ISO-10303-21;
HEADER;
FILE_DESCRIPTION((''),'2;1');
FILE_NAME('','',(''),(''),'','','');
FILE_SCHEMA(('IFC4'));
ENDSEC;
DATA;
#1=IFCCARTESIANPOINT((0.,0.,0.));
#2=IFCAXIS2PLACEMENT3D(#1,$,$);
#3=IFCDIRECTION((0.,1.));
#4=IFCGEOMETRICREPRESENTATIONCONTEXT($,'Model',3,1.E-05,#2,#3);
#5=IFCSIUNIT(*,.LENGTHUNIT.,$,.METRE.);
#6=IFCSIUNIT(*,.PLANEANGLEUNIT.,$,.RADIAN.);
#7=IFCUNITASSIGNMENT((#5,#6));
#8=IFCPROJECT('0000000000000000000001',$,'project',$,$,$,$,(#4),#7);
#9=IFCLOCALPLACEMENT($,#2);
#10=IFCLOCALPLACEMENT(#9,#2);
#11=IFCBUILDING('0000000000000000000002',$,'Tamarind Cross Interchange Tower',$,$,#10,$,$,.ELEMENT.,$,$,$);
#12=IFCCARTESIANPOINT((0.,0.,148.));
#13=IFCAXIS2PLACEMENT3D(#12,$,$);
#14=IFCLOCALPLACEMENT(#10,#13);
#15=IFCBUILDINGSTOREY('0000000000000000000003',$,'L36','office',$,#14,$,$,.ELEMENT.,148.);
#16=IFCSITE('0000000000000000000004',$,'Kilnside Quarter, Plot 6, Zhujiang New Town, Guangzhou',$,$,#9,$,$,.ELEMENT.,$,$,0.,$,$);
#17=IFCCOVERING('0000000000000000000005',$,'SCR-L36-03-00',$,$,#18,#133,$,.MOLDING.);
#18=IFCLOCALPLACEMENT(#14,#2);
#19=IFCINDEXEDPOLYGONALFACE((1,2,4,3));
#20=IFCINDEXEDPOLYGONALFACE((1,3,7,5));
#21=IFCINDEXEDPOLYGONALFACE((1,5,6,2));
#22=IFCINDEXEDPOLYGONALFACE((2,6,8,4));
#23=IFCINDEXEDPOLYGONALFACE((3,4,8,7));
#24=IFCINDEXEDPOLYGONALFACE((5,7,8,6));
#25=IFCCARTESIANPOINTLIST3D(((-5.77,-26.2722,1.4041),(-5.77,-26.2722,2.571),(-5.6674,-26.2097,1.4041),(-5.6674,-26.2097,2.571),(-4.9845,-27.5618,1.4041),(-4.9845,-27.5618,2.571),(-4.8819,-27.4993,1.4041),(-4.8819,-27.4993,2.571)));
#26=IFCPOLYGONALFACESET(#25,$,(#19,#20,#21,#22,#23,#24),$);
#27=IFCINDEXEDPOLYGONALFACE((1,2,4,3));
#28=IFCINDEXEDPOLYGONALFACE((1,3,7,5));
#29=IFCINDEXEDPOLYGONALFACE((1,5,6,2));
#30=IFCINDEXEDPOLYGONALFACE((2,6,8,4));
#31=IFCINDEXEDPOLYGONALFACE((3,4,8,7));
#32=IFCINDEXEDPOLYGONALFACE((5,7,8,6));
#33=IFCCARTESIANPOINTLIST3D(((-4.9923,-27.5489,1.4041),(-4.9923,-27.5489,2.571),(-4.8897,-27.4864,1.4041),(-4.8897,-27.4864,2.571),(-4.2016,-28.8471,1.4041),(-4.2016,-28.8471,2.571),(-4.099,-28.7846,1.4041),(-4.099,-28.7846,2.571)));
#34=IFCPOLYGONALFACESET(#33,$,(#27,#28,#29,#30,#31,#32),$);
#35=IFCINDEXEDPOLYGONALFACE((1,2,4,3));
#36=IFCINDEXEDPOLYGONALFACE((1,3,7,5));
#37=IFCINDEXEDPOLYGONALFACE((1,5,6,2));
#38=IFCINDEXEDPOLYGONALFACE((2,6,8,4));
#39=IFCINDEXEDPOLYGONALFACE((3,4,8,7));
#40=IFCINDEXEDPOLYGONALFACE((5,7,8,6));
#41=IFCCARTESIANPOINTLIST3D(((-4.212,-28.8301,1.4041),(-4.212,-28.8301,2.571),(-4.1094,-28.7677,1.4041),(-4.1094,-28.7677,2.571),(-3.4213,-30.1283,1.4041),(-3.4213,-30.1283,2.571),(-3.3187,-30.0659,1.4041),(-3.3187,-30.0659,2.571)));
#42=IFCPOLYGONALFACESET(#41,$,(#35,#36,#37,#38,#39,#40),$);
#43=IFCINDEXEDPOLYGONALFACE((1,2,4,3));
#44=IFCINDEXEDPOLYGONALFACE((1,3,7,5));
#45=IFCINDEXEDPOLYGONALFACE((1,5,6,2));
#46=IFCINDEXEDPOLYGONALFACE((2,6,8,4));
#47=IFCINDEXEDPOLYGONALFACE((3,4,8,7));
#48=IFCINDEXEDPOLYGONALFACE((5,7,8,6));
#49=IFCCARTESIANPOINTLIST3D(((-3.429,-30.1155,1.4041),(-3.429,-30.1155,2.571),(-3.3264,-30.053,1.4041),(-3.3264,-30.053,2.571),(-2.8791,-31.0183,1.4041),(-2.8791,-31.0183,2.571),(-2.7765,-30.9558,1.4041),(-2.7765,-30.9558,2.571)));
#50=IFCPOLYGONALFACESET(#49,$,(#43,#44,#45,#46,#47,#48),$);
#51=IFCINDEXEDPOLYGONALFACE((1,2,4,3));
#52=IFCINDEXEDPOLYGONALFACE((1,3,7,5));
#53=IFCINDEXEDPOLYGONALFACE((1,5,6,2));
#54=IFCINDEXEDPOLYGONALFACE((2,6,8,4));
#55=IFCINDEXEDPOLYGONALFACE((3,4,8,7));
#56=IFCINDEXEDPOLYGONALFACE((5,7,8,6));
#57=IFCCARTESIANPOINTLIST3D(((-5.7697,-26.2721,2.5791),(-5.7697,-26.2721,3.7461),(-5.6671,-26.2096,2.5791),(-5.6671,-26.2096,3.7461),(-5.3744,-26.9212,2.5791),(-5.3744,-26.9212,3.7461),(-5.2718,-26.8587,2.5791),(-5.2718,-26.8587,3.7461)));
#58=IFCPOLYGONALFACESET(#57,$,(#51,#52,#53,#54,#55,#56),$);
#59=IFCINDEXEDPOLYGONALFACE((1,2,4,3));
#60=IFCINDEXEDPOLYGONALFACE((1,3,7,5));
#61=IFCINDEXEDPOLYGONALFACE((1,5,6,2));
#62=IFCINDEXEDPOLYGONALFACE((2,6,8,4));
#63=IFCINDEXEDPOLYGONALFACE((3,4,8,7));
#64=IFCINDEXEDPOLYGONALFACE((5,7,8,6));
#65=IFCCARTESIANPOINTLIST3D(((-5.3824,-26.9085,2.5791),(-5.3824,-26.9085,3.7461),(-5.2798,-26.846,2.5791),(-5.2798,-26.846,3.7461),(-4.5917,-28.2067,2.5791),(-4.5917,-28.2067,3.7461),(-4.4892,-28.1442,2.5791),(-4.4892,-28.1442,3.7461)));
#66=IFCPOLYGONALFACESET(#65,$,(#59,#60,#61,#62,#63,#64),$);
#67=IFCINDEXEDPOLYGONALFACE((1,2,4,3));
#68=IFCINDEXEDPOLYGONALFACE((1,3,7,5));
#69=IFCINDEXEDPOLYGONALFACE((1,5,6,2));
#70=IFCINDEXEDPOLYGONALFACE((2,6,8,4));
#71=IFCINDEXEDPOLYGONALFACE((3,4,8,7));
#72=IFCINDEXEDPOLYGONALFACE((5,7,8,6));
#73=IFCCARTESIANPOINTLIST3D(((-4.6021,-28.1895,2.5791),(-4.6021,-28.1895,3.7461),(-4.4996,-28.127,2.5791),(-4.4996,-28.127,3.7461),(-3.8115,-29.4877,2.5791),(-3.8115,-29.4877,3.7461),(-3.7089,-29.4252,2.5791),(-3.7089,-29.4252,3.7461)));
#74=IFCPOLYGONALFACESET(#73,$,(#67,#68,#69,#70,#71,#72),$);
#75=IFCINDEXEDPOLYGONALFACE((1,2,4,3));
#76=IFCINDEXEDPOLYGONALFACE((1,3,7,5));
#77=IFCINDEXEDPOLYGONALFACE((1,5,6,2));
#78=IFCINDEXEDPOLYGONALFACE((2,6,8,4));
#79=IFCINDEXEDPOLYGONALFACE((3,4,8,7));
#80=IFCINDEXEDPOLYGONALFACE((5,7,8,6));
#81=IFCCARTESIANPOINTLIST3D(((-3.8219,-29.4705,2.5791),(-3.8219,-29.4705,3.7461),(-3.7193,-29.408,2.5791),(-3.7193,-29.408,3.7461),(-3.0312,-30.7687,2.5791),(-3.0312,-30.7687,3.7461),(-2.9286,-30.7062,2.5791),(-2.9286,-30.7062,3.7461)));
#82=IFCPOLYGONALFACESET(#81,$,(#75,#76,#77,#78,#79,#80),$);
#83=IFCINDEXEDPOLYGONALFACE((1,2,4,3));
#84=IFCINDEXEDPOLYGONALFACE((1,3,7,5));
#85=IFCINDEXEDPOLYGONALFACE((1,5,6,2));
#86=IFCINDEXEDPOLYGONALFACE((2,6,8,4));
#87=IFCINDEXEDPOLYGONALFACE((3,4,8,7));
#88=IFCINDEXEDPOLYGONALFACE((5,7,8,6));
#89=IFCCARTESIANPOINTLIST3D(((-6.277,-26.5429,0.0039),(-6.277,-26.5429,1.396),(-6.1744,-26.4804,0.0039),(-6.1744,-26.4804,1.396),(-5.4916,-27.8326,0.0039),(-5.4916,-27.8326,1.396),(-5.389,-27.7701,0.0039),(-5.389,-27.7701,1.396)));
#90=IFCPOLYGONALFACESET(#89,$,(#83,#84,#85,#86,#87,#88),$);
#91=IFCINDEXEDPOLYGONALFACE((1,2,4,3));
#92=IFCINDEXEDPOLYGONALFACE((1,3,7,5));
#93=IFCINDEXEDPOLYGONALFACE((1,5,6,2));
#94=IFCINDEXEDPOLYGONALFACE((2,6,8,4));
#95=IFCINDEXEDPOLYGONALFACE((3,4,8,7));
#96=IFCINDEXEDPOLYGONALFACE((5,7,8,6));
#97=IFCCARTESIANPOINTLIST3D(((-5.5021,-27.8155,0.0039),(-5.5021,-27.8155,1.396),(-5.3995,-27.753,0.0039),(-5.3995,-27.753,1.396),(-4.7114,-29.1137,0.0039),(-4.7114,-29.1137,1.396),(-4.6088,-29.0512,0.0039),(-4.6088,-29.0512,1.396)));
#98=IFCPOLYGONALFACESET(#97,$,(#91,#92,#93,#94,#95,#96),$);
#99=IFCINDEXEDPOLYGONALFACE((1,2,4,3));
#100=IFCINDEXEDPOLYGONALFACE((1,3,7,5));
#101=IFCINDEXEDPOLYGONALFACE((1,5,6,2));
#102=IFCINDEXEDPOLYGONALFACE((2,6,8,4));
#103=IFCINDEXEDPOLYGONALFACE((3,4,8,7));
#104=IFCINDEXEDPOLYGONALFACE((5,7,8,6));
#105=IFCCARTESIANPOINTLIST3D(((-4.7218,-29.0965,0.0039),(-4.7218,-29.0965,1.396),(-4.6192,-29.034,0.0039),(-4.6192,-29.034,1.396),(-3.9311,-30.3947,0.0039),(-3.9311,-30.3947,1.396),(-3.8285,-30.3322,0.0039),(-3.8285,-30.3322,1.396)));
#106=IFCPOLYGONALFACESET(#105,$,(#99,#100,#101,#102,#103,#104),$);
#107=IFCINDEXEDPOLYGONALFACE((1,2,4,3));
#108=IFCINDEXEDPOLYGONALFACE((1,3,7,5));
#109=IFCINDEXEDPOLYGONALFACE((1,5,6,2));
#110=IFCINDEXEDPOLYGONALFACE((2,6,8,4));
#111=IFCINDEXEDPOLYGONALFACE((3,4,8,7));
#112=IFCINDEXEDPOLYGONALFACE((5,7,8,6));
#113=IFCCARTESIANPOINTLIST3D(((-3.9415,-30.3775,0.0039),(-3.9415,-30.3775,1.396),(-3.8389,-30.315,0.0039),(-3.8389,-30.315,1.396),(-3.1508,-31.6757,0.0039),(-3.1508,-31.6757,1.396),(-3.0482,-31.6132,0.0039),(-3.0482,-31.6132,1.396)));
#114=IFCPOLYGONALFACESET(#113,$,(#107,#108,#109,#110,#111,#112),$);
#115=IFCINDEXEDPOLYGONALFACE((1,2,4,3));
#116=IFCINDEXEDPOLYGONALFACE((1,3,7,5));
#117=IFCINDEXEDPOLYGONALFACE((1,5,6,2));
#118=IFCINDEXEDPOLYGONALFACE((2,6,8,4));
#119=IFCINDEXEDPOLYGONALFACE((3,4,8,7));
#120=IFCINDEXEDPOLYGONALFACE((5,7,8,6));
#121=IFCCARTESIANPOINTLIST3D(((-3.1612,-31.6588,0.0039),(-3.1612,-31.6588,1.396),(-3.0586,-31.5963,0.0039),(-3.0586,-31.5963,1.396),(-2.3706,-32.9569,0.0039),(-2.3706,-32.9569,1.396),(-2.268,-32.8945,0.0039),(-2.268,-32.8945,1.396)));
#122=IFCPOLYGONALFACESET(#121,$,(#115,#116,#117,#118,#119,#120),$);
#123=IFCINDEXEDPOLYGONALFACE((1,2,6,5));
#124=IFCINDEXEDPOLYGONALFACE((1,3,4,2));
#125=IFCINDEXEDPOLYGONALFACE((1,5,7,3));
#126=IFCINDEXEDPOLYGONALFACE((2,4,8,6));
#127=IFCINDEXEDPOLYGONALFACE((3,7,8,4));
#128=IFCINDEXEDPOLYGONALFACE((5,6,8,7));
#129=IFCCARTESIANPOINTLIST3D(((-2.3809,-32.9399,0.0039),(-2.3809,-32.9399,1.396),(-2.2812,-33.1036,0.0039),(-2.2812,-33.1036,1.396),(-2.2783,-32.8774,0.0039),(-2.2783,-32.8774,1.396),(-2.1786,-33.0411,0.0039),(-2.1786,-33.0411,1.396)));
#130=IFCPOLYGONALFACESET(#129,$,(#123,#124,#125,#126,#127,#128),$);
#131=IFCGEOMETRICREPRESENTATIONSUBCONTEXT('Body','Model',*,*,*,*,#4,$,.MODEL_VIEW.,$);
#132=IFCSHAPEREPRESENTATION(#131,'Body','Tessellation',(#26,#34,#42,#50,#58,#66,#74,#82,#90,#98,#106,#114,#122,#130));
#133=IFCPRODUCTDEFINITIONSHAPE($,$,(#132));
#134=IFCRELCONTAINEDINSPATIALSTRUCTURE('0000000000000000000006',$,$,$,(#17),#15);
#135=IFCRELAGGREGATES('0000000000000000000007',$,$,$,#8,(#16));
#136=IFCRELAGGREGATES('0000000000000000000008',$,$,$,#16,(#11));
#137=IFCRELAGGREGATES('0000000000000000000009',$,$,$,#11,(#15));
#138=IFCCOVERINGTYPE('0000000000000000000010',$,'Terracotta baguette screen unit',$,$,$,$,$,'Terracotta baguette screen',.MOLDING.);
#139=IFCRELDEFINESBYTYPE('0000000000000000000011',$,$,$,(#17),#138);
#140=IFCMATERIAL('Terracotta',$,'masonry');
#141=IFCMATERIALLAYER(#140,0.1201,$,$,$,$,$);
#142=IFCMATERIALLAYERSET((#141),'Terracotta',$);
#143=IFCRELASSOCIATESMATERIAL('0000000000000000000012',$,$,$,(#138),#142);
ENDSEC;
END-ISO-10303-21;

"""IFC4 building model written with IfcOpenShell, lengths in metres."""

from ifc_helpers import new_model, si_unit, direction, frame, origin, origin_2d, place, context, subcontext, project, spatial, rectangle, extrude, material, layer, layer_set, type_object, element, save


model = new_model("IFC4")

# Units and contexts
model_context = context("Model", 3, precision=1e-05, world=origin(), true_north=direction((0.0, 1.0)))
body_context = subcontext(model_context, "Body", "Model", "MODEL_VIEW")
ifc_project = project(units=[si_unit("LENGTHUNIT", "METRE"), si_unit("PLANEANGLEUNIT", "RADIAN")], contexts=[model_context])

# Site, building, storey
site_placement = place(None, origin())
site = spatial("IfcSite", under=ifc_project, at=site_placement, Name="Kilnside Quarter, Plot 6, Zhujiang New Town, Guangzhou", CompositionType="ELEMENT", RefElevation=0.0)
building_placement = place(site_placement, origin())
building = spatial("IfcBuilding", under=site, at=building_placement, Name="Tamarind Cross Interchange Tower", CompositionType="ELEMENT")
storey_placement = place(building_placement, frame((0.0, 0.0, 148.0)))
storey = spatial("IfcBuildingStorey", under=building, at=storey_placement, Name="L36", Description="office", CompositionType="ELEMENT", Elevation=148.0)

# Covering
ifc_material_1 = material(Name="Terracotta", Category="masonry")
ifc_layer_1 = layer(ifc_material_1, 0.1201)
ifc_layer_set_1 = layer_set([ifc_layer_1], Name="Terracotta")
covering_type = type_object("IfcCoveringType", Name="Terracotta baguette screen unit", ElementType="Terracotta baguette screen", PredefinedType="MOLDING", material=ifc_layer_set_1)
covering_1_placement = place(storey_placement, origin())
element("IfcCovering", 1, at=covering_1_placement, inside=storey, type_object=covering_type, Name="SCR-L36-03-00", PredefinedType="MOLDING", context=body_context, shape_type="SweptSolid", body=[
    extrude(rectangle(XDim=1.51, YDim=0.1201, at=origin_2d()), frame((-5.3259, -26.8857, 1.4041), z_axis=(0.0, 0.0, 1.0), x_axis=(0.520175, -0.85406, 0.0)), (0.0, 0.0, 1.0), 1.167),
    extrude(rectangle(XDim=1.52, YDim=0.1201, at=origin_2d()), frame((-4.5457, -28.1667, 1.4041), z_axis=(0.0, 0.0, 1.0), x_axis=(0.520175, -0.85406, 0.0)), (0.0, 0.0, 1.0), 1.167),
    extrude(rectangle(XDim=1.52, YDim=0.1201, at=origin_2d()), frame((-3.7654, -29.448, 1.4041), z_axis=(0.0, 0.0, 1.0), x_axis=(0.520175, -0.85406, 0.0)), (0.0, 0.0, 1.0), 1.167),
    extrude(rectangle(XDim=1.0571, YDim=0.1201, at=origin_2d()), frame((-3.1028, -30.5356, 1.4041), z_axis=(0.0, 0.0, 1.0), x_axis=(0.520175, -0.85406, 0.0)), (0.0, 0.0, 1.0), 1.167),
    extrude(rectangle(XDim=0.76, YDim=0.1201, at=origin_2d()), frame((-5.5208, -26.5654, 2.5791), z_axis=(0.0, 0.0, 1.0), x_axis=(0.520175, -0.85406, 0.0)), (0.0, 0.0, 1.0), 1.167),
    extrude(rectangle(XDim=1.52, YDim=0.1201, at=origin_2d()), frame((-4.9358, -27.5264, 2.5791), z_axis=(0.0, 0.0, 1.0), x_axis=(0.520175, -0.85406, 0.0)), (0.0, 0.0, 1.0), 1.167),
    extrude(rectangle(XDim=1.52, YDim=0.1201, at=origin_2d()), frame((-4.1555, -28.8074, 2.5791), z_axis=(0.0, 0.0, 1.0), x_axis=(0.520175, -0.85406, 0.0)), (0.0, 0.0, 1.0), 1.167),
    extrude(rectangle(XDim=1.52, YDim=0.1201, at=origin_2d()), frame((-3.3752, -30.0884, 2.5791), z_axis=(0.0, 0.0, 1.0), x_axis=(0.520175, -0.85406, 0.0)), (0.0, 0.0, 1.0), 1.167),
    extrude(rectangle(XDim=1.51, YDim=0.1201, at=origin_2d()), frame((-5.833, -27.1565, 0.0039), z_axis=(0.0, 0.0, 1.0), x_axis=(0.520175, -0.85406, 0.0)), (0.0, 0.0, 1.0), 1.3921),
    extrude(rectangle(XDim=1.52, YDim=0.1201, at=origin_2d()), frame((-5.0554, -28.4333, 0.0039), z_axis=(0.0, 0.0, 1.0), x_axis=(0.520175, -0.85406, 0.0)), (0.0, 0.0, 1.0), 1.3921),
    extrude(rectangle(XDim=1.52, YDim=0.1201, at=origin_2d()), frame((-4.2751, -29.7144, 0.0039), z_axis=(0.0, 0.0, 1.0), x_axis=(0.520175, -0.85406, 0.0)), (0.0, 0.0, 1.0), 1.3921),
    extrude(rectangle(XDim=1.52, YDim=0.1201, at=origin_2d()), frame((-3.4949, -30.9954, 0.0039), z_axis=(0.0, 0.0, 1.0), x_axis=(0.520175, -0.85406, 0.0)), (0.0, 0.0, 1.0), 1.3921),
    extrude(rectangle(XDim=1.52, YDim=0.1201, at=origin_2d()), frame((-2.7146, -32.2766, 0.0039), z_axis=(0.0, 0.0, 1.0), x_axis=(0.520175, -0.85406, 0.0)), (0.0, 0.0, 1.0), 1.3921),
    extrude(rectangle(XDim=0.1917, YDim=0.1201, at=origin_2d()), frame((-2.2798, -32.9905, 0.0039), z_axis=(0.0, 0.0, 1.0), x_axis=(0.520175, -0.85406, 0.0)), (0.0, 0.0, 1.0), 1.3921),
])

save(model, "model.ifc")
